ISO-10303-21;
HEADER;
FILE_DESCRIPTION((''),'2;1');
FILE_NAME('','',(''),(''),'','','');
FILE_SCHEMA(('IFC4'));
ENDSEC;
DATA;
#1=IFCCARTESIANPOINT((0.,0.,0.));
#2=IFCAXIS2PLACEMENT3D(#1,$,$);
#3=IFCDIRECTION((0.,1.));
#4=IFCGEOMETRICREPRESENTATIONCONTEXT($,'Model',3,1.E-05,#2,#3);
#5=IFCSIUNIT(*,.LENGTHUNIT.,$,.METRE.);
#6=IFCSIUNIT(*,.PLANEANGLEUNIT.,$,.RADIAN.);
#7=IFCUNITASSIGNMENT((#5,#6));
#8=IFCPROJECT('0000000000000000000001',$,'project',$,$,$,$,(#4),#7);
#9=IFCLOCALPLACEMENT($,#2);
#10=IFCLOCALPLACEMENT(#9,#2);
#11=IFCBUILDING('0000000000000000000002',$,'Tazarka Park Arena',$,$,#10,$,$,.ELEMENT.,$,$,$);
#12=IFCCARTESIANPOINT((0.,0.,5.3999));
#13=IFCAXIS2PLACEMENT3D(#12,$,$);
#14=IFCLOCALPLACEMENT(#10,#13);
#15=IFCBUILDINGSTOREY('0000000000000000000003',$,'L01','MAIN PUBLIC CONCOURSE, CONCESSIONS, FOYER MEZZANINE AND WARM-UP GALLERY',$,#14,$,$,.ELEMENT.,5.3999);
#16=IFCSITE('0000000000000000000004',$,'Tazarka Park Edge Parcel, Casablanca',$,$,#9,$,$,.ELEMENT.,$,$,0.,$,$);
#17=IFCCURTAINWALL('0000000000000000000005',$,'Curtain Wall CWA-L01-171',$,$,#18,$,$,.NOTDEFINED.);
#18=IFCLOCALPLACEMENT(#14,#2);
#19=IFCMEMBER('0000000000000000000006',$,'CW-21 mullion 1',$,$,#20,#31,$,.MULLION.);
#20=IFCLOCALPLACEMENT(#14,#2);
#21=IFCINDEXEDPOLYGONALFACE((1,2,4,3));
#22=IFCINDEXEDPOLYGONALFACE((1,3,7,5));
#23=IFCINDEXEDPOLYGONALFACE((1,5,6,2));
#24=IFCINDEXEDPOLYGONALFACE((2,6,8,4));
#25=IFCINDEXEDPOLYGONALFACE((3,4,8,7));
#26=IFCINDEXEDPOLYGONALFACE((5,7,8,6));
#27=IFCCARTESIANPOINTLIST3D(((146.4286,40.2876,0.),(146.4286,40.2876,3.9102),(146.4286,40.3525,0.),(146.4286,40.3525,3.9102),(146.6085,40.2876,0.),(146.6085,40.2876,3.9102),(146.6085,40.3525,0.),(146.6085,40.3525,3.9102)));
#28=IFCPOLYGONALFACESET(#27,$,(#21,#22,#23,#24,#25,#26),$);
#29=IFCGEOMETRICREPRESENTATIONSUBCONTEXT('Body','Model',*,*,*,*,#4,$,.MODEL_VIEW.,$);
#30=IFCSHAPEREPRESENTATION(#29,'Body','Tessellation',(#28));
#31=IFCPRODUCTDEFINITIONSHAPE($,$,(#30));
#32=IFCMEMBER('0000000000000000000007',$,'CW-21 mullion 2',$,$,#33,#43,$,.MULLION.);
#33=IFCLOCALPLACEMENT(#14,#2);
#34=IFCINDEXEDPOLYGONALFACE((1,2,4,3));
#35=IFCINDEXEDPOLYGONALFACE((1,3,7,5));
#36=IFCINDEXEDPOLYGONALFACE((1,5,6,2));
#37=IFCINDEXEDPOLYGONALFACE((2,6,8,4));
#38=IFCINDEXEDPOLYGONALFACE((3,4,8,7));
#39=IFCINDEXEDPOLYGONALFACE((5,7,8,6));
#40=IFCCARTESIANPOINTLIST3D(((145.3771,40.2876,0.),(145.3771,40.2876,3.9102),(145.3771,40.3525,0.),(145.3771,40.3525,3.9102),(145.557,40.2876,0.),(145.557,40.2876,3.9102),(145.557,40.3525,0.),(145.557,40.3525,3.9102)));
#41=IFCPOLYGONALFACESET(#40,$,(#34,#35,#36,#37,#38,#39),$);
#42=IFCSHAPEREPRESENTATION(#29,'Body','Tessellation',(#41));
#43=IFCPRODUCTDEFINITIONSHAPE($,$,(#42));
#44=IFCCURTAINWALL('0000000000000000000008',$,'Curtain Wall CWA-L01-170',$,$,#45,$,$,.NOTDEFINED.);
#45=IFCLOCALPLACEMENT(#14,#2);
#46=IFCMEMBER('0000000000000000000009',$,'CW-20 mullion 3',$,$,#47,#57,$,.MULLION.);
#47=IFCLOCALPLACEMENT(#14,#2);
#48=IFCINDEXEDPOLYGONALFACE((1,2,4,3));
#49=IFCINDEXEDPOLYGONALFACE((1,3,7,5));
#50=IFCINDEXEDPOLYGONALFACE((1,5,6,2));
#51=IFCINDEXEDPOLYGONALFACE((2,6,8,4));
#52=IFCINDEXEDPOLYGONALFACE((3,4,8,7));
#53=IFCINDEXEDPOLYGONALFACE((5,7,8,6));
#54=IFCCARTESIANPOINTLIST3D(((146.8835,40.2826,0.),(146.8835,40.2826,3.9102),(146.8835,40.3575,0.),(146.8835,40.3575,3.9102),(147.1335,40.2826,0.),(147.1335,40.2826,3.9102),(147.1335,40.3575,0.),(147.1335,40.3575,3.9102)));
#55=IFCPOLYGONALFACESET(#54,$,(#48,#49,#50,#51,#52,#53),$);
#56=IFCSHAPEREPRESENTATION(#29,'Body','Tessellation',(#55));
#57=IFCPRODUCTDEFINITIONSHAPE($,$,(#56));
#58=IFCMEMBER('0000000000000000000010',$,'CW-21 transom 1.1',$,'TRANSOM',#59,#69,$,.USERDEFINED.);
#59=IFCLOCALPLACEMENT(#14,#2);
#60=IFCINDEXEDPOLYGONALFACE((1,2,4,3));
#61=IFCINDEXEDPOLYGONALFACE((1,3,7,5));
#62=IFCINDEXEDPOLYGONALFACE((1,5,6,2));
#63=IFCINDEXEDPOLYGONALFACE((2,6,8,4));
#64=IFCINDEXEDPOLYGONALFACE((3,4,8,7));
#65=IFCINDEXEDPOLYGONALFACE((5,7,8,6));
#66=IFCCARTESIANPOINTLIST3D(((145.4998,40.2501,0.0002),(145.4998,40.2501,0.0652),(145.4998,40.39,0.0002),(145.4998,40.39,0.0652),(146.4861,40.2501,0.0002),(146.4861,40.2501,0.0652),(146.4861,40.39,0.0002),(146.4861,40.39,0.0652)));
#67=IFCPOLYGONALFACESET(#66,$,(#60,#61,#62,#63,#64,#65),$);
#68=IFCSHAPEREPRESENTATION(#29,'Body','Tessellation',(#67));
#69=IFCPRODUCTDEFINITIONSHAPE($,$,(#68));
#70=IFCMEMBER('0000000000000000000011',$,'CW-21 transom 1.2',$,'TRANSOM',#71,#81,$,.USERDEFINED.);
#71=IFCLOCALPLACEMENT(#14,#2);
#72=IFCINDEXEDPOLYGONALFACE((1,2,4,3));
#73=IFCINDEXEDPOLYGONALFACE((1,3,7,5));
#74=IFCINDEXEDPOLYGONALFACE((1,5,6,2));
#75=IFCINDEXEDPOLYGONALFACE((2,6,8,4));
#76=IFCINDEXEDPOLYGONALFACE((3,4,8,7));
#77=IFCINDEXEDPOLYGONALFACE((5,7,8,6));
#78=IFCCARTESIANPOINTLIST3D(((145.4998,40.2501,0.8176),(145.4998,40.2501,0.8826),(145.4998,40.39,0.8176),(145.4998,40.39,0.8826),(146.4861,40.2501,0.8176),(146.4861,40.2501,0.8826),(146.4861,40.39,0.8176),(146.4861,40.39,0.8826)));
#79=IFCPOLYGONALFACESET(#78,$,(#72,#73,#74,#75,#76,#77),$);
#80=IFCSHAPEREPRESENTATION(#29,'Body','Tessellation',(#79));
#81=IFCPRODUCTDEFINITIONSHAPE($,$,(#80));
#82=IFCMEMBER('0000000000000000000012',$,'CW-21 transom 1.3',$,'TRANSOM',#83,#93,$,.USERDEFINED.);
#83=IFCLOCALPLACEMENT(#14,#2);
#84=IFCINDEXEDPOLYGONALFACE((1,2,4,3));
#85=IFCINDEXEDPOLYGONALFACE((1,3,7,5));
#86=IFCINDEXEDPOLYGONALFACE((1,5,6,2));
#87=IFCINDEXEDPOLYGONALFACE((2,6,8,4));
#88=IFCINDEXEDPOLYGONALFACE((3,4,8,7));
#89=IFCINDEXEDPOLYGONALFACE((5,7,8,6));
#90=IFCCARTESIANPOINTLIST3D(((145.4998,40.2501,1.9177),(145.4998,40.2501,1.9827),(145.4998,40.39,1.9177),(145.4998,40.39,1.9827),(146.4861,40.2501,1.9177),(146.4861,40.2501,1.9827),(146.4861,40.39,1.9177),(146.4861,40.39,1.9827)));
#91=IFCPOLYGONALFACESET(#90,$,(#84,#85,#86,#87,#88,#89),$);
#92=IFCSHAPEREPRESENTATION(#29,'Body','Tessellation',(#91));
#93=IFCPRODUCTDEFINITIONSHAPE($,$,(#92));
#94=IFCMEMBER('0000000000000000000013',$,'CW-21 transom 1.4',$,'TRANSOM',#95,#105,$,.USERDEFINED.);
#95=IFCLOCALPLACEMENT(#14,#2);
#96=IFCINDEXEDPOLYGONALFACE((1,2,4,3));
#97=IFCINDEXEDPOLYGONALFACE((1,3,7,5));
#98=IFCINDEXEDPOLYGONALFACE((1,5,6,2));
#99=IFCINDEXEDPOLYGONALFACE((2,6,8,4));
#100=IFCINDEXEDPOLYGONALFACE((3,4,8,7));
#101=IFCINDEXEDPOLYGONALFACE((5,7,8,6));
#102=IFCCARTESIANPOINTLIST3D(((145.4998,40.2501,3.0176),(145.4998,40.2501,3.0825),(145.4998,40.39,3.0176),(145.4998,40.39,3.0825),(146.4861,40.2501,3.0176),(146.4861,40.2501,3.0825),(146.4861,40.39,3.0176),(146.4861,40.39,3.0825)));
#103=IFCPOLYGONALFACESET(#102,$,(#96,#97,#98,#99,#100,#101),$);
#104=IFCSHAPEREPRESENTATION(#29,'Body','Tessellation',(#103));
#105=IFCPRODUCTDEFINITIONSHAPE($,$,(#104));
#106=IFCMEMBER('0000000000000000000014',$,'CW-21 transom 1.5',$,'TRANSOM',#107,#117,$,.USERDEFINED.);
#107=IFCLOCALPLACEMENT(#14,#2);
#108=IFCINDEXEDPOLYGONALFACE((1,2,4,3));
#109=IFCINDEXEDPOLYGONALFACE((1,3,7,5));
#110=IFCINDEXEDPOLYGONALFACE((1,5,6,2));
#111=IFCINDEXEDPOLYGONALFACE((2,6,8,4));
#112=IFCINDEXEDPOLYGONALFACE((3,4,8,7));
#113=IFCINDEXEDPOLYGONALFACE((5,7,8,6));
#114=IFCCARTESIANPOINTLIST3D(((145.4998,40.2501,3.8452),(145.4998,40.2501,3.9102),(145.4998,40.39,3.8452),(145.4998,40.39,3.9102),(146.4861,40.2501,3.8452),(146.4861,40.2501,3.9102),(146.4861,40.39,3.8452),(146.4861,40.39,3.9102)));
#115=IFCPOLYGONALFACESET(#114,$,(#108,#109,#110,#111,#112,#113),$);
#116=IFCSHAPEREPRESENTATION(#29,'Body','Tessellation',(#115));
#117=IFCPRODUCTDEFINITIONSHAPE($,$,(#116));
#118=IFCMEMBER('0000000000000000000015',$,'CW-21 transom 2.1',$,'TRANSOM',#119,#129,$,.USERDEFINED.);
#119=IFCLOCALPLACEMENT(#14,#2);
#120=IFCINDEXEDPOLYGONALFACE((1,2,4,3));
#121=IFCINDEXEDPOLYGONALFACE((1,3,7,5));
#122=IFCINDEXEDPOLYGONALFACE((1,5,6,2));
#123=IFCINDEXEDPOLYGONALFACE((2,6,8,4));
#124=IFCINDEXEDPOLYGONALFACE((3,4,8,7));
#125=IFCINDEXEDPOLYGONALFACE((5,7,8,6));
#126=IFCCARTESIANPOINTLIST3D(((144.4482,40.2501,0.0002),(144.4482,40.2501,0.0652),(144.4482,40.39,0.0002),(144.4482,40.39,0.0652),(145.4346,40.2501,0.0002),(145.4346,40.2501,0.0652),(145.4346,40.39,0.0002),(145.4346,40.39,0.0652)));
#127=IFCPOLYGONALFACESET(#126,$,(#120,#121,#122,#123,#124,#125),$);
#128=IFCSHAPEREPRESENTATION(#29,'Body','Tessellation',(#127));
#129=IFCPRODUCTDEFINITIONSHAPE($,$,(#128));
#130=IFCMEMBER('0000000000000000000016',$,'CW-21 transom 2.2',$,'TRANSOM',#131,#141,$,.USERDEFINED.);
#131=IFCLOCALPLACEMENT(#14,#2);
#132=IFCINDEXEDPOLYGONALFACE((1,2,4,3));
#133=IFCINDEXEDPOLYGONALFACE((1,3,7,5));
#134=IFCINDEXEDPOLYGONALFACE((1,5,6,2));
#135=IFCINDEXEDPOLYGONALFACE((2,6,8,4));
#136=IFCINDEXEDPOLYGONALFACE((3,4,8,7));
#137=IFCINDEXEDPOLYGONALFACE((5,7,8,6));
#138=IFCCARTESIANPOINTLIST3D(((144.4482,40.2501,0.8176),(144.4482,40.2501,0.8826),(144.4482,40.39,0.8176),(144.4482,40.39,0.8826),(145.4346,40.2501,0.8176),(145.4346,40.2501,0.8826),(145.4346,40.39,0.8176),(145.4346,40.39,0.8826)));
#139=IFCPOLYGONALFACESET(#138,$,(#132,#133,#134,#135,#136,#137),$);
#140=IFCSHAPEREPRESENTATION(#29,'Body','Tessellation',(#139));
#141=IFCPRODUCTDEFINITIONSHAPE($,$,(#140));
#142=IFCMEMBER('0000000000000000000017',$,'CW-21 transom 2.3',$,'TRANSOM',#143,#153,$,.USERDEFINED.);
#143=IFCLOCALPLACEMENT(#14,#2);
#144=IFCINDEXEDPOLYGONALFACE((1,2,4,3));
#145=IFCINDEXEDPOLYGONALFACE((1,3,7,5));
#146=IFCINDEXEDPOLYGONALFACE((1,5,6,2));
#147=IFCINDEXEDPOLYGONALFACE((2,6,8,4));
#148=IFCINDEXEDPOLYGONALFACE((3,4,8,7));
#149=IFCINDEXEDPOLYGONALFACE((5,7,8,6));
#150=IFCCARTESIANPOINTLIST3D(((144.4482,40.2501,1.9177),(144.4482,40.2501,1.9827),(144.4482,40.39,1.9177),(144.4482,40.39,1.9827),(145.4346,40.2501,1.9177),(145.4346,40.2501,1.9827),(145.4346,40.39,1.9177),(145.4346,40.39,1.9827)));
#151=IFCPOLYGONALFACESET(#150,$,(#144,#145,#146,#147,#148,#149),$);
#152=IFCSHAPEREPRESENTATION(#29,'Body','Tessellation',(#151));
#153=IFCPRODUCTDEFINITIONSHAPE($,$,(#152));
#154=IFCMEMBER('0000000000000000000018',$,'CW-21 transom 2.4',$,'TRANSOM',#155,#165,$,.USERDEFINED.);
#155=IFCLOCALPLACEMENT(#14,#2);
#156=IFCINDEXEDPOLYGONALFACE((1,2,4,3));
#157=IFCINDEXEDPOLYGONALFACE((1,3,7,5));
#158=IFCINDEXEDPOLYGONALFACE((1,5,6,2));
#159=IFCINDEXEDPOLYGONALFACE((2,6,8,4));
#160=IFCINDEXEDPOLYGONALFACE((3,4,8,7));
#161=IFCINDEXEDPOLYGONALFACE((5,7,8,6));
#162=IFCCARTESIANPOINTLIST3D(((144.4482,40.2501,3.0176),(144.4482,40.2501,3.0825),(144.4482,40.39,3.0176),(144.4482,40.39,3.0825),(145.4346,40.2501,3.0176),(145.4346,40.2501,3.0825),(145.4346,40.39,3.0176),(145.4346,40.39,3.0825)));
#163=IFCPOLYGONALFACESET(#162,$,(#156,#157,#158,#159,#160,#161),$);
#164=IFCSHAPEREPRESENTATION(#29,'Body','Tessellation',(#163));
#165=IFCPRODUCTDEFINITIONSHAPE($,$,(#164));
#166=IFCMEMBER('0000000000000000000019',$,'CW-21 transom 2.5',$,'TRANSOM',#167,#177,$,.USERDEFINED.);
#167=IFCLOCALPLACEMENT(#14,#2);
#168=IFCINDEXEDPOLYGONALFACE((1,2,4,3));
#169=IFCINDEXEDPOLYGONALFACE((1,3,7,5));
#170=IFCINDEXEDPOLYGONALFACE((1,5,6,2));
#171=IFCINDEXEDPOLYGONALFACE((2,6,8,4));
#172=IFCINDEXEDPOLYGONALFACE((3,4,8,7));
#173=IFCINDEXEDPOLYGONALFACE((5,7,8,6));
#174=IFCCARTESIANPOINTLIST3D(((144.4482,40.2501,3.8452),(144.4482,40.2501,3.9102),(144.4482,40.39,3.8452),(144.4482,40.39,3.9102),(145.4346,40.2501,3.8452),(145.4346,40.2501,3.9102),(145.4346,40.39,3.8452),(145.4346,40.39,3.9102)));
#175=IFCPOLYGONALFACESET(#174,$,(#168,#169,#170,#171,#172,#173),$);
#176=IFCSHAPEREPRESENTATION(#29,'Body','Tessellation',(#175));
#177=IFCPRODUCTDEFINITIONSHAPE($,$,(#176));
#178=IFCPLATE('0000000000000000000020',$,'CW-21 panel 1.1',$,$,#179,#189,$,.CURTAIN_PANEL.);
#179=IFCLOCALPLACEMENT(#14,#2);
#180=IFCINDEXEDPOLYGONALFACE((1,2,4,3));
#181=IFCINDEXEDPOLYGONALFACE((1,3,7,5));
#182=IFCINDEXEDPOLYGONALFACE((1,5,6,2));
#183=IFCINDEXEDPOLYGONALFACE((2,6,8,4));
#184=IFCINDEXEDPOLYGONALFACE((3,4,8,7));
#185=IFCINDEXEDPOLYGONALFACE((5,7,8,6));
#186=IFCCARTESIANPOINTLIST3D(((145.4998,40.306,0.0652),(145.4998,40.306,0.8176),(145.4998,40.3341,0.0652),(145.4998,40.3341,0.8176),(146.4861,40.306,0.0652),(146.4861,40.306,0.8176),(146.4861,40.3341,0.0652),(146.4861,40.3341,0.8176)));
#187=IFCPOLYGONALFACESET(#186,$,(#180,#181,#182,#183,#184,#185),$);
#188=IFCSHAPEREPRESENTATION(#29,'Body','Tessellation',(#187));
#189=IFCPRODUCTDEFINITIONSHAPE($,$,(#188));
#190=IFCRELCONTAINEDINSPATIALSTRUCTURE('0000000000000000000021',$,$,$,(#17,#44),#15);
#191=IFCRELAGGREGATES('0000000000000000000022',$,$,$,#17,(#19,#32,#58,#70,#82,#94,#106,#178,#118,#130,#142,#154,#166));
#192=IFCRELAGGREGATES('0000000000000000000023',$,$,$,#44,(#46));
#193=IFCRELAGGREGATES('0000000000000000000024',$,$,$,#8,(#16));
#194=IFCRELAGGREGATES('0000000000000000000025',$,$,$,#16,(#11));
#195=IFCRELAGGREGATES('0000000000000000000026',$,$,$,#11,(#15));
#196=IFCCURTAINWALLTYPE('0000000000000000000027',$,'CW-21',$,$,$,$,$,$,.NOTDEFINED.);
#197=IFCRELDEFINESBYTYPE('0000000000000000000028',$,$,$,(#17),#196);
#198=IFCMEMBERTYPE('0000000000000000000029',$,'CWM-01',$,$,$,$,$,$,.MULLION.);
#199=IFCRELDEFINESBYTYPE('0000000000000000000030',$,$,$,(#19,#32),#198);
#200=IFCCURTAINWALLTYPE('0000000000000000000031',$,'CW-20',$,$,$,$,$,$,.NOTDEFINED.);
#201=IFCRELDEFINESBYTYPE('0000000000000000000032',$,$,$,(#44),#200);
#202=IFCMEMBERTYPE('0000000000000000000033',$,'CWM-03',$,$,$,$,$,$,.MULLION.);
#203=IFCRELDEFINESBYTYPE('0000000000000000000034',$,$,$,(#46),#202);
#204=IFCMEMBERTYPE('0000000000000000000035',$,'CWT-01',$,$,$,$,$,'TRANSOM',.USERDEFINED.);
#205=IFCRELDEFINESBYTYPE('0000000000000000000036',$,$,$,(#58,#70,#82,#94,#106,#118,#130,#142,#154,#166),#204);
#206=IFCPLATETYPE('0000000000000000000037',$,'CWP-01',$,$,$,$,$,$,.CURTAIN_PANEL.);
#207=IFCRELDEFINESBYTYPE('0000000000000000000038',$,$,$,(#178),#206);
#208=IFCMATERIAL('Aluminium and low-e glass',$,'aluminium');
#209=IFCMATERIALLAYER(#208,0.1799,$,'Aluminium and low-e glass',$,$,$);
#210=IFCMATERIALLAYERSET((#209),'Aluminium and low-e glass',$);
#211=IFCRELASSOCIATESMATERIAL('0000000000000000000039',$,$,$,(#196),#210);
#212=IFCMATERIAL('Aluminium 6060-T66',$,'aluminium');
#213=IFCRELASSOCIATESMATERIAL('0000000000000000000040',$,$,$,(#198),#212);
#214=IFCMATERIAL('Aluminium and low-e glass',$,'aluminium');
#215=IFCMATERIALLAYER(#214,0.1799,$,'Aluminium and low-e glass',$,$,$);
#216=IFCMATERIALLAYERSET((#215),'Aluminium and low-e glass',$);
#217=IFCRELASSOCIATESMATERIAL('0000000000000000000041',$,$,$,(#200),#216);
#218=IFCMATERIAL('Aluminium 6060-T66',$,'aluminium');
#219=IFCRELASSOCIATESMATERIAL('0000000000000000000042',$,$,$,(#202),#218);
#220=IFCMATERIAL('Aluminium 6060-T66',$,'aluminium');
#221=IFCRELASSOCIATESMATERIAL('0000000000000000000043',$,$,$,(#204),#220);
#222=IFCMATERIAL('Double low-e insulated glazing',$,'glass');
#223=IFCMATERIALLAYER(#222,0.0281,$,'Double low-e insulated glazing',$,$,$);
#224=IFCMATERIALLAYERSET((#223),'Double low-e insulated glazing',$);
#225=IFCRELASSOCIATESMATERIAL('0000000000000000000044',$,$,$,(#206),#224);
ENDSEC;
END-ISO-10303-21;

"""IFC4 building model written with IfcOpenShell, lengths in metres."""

from ifc_helpers import new_model, si_unit, direction, frame, origin, origin_2d, place, context, subcontext, project, spatial, rectangle, extrude, material, layer, layer_set, material_profile, profile_set, type_object, element, aggregate, save


model = new_model("IFC4")

# Units and contexts
model_context = context("Model", 3, precision=1e-05, world=origin(), true_north=direction((0.0, 1.0)))
body_context = subcontext(model_context, "Body", "Model", "MODEL_VIEW")
ifc_project = project(units=[si_unit("LENGTHUNIT", "METRE"), si_unit("PLANEANGLEUNIT", "RADIAN")], contexts=[model_context])

# Site, building, storey
site_placement = place(None, origin())
site = spatial("IfcSite", under=ifc_project, at=site_placement, Name="Tazarka Park Edge Parcel, Casablanca", CompositionType="ELEMENT", RefElevation=0.0)
building_placement = place(site_placement, origin())
building = spatial("IfcBuilding", under=site, at=building_placement, Name="Tazarka Park Arena", CompositionType="ELEMENT")
storey_placement = place(building_placement, frame((0.0, 0.0, 5.3999)))
storey = spatial("IfcBuildingStorey", under=building, at=storey_placement, Name="L01", Description="MAIN PUBLIC CONCOURSE, CONCESSIONS, FOYER MEZZANINE AND WARM-UP GALLERY", CompositionType="ELEMENT", Elevation=5.3999)

# Curtain wall, members
ifc_material_1 = material(Name="Aluminium and low-e glass", Category="aluminium")
ifc_layer_1 = layer(ifc_material_1, 0.1799, Name="Aluminium and low-e glass")
ifc_layer_set_1 = layer_set([ifc_layer_1], Name="Aluminium and low-e glass")
curtain_wall_type_1 = type_object("IfcCurtainWallType", Name="CW-21", PredefinedType="NOTDEFINED", material=ifc_layer_set_1)
curtain_wall_1_placement = place(storey_placement, origin())
curtain_wall_1 = element("IfcCurtainWall", 1, at=curtain_wall_1_placement, inside=storey, type_object=curtain_wall_type_1, Name="Curtain Wall CWA-L01-171", PredefinedType="NOTDEFINED")
ifc_material_2 = material(Name="Aluminium 6060-T66", Category="aluminium")
ifc_material_profile_1 = material_profile(ifc_material_2, rectangle(XDim=0.0649, YDim=0.1799, at=origin_2d()), Name="Aluminium 6060-T66")
ifc_profile_set_1 = profile_set([ifc_material_profile_1], Name="Aluminium 6060-T66")
member_type_1 = type_object("IfcMemberType", Name="CWM-01", PredefinedType="MULLION", material=ifc_profile_set_1)
member_1_placement = place(storey_placement, frame((146.5186, 40.3201, 0.0), z_axis=(0.0, 0.0, 1.0), x_axis=(0.0, -1.0, 0.0)))
member_1 = element("IfcMember", 2, at=member_1_placement, type_object=member_type_1, Name="CW-21 mullion 1", PredefinedType="MULLION", context=body_context, shape_type="SweptSolid", body=[
    extrude(rectangle(XDim=0.0649, YDim=0.1799, at=origin_2d()), origin(), (0.0, 0.0, 1.0), 3.9102),
])
member_2_placement = place(storey_placement, frame((145.467, 40.3201, 0.0), z_axis=(0.0, 0.0, 1.0), x_axis=(0.0, -1.0, 0.0)))
member_2 = element("IfcMember", 3, at=member_2_placement, type_object=member_type_1, Name="CW-21 mullion 2", PredefinedType="MULLION", context=body_context, shape_type="SweptSolid", body=[
    extrude(rectangle(XDim=0.0649, YDim=0.1799, at=origin_2d()), origin(), (0.0, 0.0, 1.0), 3.9102),
])

# Curtain wall, member
ifc_material_3 = material(Name="Aluminium and low-e glass", Category="aluminium")
ifc_layer_2 = layer(ifc_material_3, 0.1799, Name="Aluminium and low-e glass")
ifc_layer_set_2 = layer_set([ifc_layer_2], Name="Aluminium and low-e glass")
curtain_wall_type_2 = type_object("IfcCurtainWallType", Name="CW-20", PredefinedType="NOTDEFINED", material=ifc_layer_set_2)
curtain_wall_2_placement = place(storey_placement, origin())
curtain_wall_2 = element("IfcCurtainWall", 4, at=curtain_wall_2_placement, inside=storey, type_object=curtain_wall_type_2, Name="Curtain Wall CWA-L01-170", PredefinedType="NOTDEFINED")
ifc_material_4 = material(Name="Aluminium 6060-T66", Category="aluminium")
ifc_material_profile_2 = material_profile(ifc_material_4, rectangle(XDim=0.075, YDim=0.25, at=origin_2d()), Name="Aluminium 6060-T66")
ifc_profile_set_2 = profile_set([ifc_material_profile_2], Name="Aluminium 6060-T66")
member_type_2 = type_object("IfcMemberType", Name="CWM-03", PredefinedType="MULLION", material=ifc_profile_set_2)
member_3_placement = place(storey_placement, frame((147.0085, 40.3201, 0.0), z_axis=(0.0, 0.0, 1.0), x_axis=(0.0, -1.0, 0.0)))
member_3 = element("IfcMember", 5, at=member_3_placement, type_object=member_type_2, Name="CW-20 mullion 3", PredefinedType="MULLION", context=body_context, shape_type="SweptSolid", body=[
    extrude(rectangle(XDim=0.075, YDim=0.25, at=origin_2d()), origin(), (0.0, 0.0, 1.0), 3.9102),
])

# Members
ifc_material_5 = material(Name="Aluminium 6060-T66", Category="aluminium")
ifc_material_profile_3 = material_profile(ifc_material_5, rectangle(XDim=0.1399, YDim=0.0649, at=origin_2d()), Name="Aluminium 6060-T66")
ifc_profile_set_3 = profile_set([ifc_material_profile_3], Name="Aluminium 6060-T66")
member_type_3 = type_object("IfcMemberType", Name="CWT-01", ElementType="TRANSOM", PredefinedType="USERDEFINED", material=ifc_profile_set_3)
member_4_placement = place(storey_placement, frame((146.4861, 40.3201, 0.0327), z_axis=(-1.0, 0.0, 0.0), x_axis=(0.0, -1.0, 0.0)))
member_4 = element("IfcMember", 6, at=member_4_placement, type_object=member_type_3, Name="CW-21 transom 1.1", ObjectType="TRANSOM", PredefinedType="USERDEFINED", context=body_context, shape_type="SweptSolid", body=[
    extrude(rectangle(XDim=0.1399, YDim=0.0649, at=origin_2d()), origin(), (0.0, 0.0, 1.0), 0.9863),
])
member_5_placement = place(storey_placement, frame((146.4861, 40.3201, 0.8501), z_axis=(-1.0, 0.0, 0.0), x_axis=(0.0, -1.0, 0.0)))
member_5 = element("IfcMember", 7, at=member_5_placement, type_object=member_type_3, Name="CW-21 transom 1.2", ObjectType="TRANSOM", PredefinedType="USERDEFINED", context=body_context, shape_type="SweptSolid", body=[
    extrude(rectangle(XDim=0.1399, YDim=0.0649, at=origin_2d()), origin(), (0.0, 0.0, 1.0), 0.9863),
])
member_6_placement = place(storey_placement, frame((146.4861, 40.3201, 1.9502), z_axis=(-1.0, 0.0, 0.0), x_axis=(0.0, -1.0, 0.0)))
member_6 = element("IfcMember", 8, at=member_6_placement, type_object=member_type_3, Name="CW-21 transom 1.3", ObjectType="TRANSOM", PredefinedType="USERDEFINED", context=body_context, shape_type="SweptSolid", body=[
    extrude(rectangle(XDim=0.1399, YDim=0.0649, at=origin_2d()), origin(), (0.0, 0.0, 1.0), 0.9863),
])
member_7_placement = place(storey_placement, frame((146.4861, 40.3201, 3.05), z_axis=(-1.0, 0.0, 0.0), x_axis=(0.0, -1.0, 0.0)))
member_7 = element("IfcMember", 9, at=member_7_placement, type_object=member_type_3, Name="CW-21 transom 1.4", ObjectType="TRANSOM", PredefinedType="USERDEFINED", context=body_context, shape_type="SweptSolid", body=[
    extrude(rectangle(XDim=0.1399, YDim=0.0649, at=origin_2d()), origin(), (0.0, 0.0, 1.0), 0.9863),
])
member_8_placement = place(storey_placement, frame((146.4861, 40.3201, 3.8777), z_axis=(-1.0, 0.0, 0.0), x_axis=(0.0, -1.0, 0.0)))
member_8 = element("IfcMember", 10, at=member_8_placement, type_object=member_type_3, Name="CW-21 transom 1.5", ObjectType="TRANSOM", PredefinedType="USERDEFINED", context=body_context, shape_type="SweptSolid", body=[
    extrude(rectangle(XDim=0.1399, YDim=0.0649, at=origin_2d()), origin(), (0.0, 0.0, 1.0), 0.9863),
])
member_9_placement = place(storey_placement, frame((145.4346, 40.3201, 0.0327), z_axis=(-1.0, 0.0, 0.0), x_axis=(0.0, -1.0, 0.0)))
member_9 = element("IfcMember", 11, at=member_9_placement, type_object=member_type_3, Name="CW-21 transom 2.1", ObjectType="TRANSOM", PredefinedType="USERDEFINED", context=body_context, shape_type="SweptSolid", body=[
    extrude(rectangle(XDim=0.1399, YDim=0.0649, at=origin_2d()), origin(), (0.0, 0.0, 1.0), 0.9863),
])
member_10_placement = place(storey_placement, frame((145.4346, 40.3201, 0.8501), z_axis=(-1.0, 0.0, 0.0), x_axis=(0.0, -1.0, 0.0)))
member_10 = element("IfcMember", 12, at=member_10_placement, type_object=member_type_3, Name="CW-21 transom 2.2", ObjectType="TRANSOM", PredefinedType="USERDEFINED", context=body_context, shape_type="SweptSolid", body=[
    extrude(rectangle(XDim=0.1399, YDim=0.0649, at=origin_2d()), origin(), (0.0, 0.0, 1.0), 0.9863),
])
member_11_placement = place(storey_placement, frame((145.4346, 40.3201, 1.9502), z_axis=(-1.0, 0.0, 0.0), x_axis=(0.0, -1.0, 0.0)))
member_11 = element("IfcMember", 13, at=member_11_placement, type_object=member_type_3, Name="CW-21 transom 2.3", ObjectType="TRANSOM", PredefinedType="USERDEFINED", context=body_context, shape_type="SweptSolid", body=[
    extrude(rectangle(XDim=0.1399, YDim=0.0649, at=origin_2d()), origin(), (0.0, 0.0, 1.0), 0.9863),
])
member_12_placement = place(storey_placement, frame((145.4346, 40.3201, 3.05), z_axis=(-1.0, 0.0, 0.0), x_axis=(0.0, -1.0, 0.0)))
member_12 = element("IfcMember", 14, at=member_12_placement, type_object=member_type_3, Name="CW-21 transom 2.4", ObjectType="TRANSOM", PredefinedType="USERDEFINED", context=body_context, shape_type="SweptSolid", body=[
    extrude(rectangle(XDim=0.1399, YDim=0.0649, at=origin_2d()), origin(), (0.0, 0.0, 1.0), 0.9863),
])
member_13_placement = place(storey_placement, frame((145.4346, 40.3201, 3.8777), z_axis=(-1.0, 0.0, 0.0), x_axis=(0.0, -1.0, 0.0)))
member_13 = element("IfcMember", 15, at=member_13_placement, type_object=member_type_3, Name="CW-21 transom 2.5", ObjectType="TRANSOM", PredefinedType="USERDEFINED", context=body_context, shape_type="SweptSolid", body=[
    extrude(rectangle(XDim=0.1399, YDim=0.0649, at=origin_2d()), origin(), (0.0, 0.0, 1.0), 0.9863),
])

# Plate
ifc_material_6 = material(Name="Double low-e insulated glazing", Category="glass")
ifc_layer_3 = layer(ifc_material_6, 0.0281, Name="Double low-e insulated glazing")
ifc_layer_set_3 = layer_set([ifc_layer_3], Name="Double low-e insulated glazing")
plate_type_1 = type_object("IfcPlateType", Name="CWP-01", PredefinedType="CURTAIN_PANEL", material=ifc_layer_set_3)
plate_1_placement = place(storey_placement, frame((145.9929, 40.3201, 0.0652), z_axis=(0.0, 0.0, 1.0), x_axis=(-1.0, 0.0, 0.0)))
plate_1 = element("IfcPlate", 16, at=plate_1_placement, type_object=plate_type_1, Name="CW-21 panel 1.1", PredefinedType="CURTAIN_PANEL", context=body_context, shape_type="SweptSolid", body=[
    extrude(rectangle(XDim=0.9863, YDim=0.0281, at=origin_2d()), origin(), (0.0, 0.0, 1.0), 0.7524),
])
aggregate(curtain_wall_1, [member_1, member_2, member_4, member_5, member_6, member_7, member_8, plate_1, member_9, member_10, member_11, member_12, member_13])
aggregate(curtain_wall_2, [member_3])

save(model, "model.ifc")
